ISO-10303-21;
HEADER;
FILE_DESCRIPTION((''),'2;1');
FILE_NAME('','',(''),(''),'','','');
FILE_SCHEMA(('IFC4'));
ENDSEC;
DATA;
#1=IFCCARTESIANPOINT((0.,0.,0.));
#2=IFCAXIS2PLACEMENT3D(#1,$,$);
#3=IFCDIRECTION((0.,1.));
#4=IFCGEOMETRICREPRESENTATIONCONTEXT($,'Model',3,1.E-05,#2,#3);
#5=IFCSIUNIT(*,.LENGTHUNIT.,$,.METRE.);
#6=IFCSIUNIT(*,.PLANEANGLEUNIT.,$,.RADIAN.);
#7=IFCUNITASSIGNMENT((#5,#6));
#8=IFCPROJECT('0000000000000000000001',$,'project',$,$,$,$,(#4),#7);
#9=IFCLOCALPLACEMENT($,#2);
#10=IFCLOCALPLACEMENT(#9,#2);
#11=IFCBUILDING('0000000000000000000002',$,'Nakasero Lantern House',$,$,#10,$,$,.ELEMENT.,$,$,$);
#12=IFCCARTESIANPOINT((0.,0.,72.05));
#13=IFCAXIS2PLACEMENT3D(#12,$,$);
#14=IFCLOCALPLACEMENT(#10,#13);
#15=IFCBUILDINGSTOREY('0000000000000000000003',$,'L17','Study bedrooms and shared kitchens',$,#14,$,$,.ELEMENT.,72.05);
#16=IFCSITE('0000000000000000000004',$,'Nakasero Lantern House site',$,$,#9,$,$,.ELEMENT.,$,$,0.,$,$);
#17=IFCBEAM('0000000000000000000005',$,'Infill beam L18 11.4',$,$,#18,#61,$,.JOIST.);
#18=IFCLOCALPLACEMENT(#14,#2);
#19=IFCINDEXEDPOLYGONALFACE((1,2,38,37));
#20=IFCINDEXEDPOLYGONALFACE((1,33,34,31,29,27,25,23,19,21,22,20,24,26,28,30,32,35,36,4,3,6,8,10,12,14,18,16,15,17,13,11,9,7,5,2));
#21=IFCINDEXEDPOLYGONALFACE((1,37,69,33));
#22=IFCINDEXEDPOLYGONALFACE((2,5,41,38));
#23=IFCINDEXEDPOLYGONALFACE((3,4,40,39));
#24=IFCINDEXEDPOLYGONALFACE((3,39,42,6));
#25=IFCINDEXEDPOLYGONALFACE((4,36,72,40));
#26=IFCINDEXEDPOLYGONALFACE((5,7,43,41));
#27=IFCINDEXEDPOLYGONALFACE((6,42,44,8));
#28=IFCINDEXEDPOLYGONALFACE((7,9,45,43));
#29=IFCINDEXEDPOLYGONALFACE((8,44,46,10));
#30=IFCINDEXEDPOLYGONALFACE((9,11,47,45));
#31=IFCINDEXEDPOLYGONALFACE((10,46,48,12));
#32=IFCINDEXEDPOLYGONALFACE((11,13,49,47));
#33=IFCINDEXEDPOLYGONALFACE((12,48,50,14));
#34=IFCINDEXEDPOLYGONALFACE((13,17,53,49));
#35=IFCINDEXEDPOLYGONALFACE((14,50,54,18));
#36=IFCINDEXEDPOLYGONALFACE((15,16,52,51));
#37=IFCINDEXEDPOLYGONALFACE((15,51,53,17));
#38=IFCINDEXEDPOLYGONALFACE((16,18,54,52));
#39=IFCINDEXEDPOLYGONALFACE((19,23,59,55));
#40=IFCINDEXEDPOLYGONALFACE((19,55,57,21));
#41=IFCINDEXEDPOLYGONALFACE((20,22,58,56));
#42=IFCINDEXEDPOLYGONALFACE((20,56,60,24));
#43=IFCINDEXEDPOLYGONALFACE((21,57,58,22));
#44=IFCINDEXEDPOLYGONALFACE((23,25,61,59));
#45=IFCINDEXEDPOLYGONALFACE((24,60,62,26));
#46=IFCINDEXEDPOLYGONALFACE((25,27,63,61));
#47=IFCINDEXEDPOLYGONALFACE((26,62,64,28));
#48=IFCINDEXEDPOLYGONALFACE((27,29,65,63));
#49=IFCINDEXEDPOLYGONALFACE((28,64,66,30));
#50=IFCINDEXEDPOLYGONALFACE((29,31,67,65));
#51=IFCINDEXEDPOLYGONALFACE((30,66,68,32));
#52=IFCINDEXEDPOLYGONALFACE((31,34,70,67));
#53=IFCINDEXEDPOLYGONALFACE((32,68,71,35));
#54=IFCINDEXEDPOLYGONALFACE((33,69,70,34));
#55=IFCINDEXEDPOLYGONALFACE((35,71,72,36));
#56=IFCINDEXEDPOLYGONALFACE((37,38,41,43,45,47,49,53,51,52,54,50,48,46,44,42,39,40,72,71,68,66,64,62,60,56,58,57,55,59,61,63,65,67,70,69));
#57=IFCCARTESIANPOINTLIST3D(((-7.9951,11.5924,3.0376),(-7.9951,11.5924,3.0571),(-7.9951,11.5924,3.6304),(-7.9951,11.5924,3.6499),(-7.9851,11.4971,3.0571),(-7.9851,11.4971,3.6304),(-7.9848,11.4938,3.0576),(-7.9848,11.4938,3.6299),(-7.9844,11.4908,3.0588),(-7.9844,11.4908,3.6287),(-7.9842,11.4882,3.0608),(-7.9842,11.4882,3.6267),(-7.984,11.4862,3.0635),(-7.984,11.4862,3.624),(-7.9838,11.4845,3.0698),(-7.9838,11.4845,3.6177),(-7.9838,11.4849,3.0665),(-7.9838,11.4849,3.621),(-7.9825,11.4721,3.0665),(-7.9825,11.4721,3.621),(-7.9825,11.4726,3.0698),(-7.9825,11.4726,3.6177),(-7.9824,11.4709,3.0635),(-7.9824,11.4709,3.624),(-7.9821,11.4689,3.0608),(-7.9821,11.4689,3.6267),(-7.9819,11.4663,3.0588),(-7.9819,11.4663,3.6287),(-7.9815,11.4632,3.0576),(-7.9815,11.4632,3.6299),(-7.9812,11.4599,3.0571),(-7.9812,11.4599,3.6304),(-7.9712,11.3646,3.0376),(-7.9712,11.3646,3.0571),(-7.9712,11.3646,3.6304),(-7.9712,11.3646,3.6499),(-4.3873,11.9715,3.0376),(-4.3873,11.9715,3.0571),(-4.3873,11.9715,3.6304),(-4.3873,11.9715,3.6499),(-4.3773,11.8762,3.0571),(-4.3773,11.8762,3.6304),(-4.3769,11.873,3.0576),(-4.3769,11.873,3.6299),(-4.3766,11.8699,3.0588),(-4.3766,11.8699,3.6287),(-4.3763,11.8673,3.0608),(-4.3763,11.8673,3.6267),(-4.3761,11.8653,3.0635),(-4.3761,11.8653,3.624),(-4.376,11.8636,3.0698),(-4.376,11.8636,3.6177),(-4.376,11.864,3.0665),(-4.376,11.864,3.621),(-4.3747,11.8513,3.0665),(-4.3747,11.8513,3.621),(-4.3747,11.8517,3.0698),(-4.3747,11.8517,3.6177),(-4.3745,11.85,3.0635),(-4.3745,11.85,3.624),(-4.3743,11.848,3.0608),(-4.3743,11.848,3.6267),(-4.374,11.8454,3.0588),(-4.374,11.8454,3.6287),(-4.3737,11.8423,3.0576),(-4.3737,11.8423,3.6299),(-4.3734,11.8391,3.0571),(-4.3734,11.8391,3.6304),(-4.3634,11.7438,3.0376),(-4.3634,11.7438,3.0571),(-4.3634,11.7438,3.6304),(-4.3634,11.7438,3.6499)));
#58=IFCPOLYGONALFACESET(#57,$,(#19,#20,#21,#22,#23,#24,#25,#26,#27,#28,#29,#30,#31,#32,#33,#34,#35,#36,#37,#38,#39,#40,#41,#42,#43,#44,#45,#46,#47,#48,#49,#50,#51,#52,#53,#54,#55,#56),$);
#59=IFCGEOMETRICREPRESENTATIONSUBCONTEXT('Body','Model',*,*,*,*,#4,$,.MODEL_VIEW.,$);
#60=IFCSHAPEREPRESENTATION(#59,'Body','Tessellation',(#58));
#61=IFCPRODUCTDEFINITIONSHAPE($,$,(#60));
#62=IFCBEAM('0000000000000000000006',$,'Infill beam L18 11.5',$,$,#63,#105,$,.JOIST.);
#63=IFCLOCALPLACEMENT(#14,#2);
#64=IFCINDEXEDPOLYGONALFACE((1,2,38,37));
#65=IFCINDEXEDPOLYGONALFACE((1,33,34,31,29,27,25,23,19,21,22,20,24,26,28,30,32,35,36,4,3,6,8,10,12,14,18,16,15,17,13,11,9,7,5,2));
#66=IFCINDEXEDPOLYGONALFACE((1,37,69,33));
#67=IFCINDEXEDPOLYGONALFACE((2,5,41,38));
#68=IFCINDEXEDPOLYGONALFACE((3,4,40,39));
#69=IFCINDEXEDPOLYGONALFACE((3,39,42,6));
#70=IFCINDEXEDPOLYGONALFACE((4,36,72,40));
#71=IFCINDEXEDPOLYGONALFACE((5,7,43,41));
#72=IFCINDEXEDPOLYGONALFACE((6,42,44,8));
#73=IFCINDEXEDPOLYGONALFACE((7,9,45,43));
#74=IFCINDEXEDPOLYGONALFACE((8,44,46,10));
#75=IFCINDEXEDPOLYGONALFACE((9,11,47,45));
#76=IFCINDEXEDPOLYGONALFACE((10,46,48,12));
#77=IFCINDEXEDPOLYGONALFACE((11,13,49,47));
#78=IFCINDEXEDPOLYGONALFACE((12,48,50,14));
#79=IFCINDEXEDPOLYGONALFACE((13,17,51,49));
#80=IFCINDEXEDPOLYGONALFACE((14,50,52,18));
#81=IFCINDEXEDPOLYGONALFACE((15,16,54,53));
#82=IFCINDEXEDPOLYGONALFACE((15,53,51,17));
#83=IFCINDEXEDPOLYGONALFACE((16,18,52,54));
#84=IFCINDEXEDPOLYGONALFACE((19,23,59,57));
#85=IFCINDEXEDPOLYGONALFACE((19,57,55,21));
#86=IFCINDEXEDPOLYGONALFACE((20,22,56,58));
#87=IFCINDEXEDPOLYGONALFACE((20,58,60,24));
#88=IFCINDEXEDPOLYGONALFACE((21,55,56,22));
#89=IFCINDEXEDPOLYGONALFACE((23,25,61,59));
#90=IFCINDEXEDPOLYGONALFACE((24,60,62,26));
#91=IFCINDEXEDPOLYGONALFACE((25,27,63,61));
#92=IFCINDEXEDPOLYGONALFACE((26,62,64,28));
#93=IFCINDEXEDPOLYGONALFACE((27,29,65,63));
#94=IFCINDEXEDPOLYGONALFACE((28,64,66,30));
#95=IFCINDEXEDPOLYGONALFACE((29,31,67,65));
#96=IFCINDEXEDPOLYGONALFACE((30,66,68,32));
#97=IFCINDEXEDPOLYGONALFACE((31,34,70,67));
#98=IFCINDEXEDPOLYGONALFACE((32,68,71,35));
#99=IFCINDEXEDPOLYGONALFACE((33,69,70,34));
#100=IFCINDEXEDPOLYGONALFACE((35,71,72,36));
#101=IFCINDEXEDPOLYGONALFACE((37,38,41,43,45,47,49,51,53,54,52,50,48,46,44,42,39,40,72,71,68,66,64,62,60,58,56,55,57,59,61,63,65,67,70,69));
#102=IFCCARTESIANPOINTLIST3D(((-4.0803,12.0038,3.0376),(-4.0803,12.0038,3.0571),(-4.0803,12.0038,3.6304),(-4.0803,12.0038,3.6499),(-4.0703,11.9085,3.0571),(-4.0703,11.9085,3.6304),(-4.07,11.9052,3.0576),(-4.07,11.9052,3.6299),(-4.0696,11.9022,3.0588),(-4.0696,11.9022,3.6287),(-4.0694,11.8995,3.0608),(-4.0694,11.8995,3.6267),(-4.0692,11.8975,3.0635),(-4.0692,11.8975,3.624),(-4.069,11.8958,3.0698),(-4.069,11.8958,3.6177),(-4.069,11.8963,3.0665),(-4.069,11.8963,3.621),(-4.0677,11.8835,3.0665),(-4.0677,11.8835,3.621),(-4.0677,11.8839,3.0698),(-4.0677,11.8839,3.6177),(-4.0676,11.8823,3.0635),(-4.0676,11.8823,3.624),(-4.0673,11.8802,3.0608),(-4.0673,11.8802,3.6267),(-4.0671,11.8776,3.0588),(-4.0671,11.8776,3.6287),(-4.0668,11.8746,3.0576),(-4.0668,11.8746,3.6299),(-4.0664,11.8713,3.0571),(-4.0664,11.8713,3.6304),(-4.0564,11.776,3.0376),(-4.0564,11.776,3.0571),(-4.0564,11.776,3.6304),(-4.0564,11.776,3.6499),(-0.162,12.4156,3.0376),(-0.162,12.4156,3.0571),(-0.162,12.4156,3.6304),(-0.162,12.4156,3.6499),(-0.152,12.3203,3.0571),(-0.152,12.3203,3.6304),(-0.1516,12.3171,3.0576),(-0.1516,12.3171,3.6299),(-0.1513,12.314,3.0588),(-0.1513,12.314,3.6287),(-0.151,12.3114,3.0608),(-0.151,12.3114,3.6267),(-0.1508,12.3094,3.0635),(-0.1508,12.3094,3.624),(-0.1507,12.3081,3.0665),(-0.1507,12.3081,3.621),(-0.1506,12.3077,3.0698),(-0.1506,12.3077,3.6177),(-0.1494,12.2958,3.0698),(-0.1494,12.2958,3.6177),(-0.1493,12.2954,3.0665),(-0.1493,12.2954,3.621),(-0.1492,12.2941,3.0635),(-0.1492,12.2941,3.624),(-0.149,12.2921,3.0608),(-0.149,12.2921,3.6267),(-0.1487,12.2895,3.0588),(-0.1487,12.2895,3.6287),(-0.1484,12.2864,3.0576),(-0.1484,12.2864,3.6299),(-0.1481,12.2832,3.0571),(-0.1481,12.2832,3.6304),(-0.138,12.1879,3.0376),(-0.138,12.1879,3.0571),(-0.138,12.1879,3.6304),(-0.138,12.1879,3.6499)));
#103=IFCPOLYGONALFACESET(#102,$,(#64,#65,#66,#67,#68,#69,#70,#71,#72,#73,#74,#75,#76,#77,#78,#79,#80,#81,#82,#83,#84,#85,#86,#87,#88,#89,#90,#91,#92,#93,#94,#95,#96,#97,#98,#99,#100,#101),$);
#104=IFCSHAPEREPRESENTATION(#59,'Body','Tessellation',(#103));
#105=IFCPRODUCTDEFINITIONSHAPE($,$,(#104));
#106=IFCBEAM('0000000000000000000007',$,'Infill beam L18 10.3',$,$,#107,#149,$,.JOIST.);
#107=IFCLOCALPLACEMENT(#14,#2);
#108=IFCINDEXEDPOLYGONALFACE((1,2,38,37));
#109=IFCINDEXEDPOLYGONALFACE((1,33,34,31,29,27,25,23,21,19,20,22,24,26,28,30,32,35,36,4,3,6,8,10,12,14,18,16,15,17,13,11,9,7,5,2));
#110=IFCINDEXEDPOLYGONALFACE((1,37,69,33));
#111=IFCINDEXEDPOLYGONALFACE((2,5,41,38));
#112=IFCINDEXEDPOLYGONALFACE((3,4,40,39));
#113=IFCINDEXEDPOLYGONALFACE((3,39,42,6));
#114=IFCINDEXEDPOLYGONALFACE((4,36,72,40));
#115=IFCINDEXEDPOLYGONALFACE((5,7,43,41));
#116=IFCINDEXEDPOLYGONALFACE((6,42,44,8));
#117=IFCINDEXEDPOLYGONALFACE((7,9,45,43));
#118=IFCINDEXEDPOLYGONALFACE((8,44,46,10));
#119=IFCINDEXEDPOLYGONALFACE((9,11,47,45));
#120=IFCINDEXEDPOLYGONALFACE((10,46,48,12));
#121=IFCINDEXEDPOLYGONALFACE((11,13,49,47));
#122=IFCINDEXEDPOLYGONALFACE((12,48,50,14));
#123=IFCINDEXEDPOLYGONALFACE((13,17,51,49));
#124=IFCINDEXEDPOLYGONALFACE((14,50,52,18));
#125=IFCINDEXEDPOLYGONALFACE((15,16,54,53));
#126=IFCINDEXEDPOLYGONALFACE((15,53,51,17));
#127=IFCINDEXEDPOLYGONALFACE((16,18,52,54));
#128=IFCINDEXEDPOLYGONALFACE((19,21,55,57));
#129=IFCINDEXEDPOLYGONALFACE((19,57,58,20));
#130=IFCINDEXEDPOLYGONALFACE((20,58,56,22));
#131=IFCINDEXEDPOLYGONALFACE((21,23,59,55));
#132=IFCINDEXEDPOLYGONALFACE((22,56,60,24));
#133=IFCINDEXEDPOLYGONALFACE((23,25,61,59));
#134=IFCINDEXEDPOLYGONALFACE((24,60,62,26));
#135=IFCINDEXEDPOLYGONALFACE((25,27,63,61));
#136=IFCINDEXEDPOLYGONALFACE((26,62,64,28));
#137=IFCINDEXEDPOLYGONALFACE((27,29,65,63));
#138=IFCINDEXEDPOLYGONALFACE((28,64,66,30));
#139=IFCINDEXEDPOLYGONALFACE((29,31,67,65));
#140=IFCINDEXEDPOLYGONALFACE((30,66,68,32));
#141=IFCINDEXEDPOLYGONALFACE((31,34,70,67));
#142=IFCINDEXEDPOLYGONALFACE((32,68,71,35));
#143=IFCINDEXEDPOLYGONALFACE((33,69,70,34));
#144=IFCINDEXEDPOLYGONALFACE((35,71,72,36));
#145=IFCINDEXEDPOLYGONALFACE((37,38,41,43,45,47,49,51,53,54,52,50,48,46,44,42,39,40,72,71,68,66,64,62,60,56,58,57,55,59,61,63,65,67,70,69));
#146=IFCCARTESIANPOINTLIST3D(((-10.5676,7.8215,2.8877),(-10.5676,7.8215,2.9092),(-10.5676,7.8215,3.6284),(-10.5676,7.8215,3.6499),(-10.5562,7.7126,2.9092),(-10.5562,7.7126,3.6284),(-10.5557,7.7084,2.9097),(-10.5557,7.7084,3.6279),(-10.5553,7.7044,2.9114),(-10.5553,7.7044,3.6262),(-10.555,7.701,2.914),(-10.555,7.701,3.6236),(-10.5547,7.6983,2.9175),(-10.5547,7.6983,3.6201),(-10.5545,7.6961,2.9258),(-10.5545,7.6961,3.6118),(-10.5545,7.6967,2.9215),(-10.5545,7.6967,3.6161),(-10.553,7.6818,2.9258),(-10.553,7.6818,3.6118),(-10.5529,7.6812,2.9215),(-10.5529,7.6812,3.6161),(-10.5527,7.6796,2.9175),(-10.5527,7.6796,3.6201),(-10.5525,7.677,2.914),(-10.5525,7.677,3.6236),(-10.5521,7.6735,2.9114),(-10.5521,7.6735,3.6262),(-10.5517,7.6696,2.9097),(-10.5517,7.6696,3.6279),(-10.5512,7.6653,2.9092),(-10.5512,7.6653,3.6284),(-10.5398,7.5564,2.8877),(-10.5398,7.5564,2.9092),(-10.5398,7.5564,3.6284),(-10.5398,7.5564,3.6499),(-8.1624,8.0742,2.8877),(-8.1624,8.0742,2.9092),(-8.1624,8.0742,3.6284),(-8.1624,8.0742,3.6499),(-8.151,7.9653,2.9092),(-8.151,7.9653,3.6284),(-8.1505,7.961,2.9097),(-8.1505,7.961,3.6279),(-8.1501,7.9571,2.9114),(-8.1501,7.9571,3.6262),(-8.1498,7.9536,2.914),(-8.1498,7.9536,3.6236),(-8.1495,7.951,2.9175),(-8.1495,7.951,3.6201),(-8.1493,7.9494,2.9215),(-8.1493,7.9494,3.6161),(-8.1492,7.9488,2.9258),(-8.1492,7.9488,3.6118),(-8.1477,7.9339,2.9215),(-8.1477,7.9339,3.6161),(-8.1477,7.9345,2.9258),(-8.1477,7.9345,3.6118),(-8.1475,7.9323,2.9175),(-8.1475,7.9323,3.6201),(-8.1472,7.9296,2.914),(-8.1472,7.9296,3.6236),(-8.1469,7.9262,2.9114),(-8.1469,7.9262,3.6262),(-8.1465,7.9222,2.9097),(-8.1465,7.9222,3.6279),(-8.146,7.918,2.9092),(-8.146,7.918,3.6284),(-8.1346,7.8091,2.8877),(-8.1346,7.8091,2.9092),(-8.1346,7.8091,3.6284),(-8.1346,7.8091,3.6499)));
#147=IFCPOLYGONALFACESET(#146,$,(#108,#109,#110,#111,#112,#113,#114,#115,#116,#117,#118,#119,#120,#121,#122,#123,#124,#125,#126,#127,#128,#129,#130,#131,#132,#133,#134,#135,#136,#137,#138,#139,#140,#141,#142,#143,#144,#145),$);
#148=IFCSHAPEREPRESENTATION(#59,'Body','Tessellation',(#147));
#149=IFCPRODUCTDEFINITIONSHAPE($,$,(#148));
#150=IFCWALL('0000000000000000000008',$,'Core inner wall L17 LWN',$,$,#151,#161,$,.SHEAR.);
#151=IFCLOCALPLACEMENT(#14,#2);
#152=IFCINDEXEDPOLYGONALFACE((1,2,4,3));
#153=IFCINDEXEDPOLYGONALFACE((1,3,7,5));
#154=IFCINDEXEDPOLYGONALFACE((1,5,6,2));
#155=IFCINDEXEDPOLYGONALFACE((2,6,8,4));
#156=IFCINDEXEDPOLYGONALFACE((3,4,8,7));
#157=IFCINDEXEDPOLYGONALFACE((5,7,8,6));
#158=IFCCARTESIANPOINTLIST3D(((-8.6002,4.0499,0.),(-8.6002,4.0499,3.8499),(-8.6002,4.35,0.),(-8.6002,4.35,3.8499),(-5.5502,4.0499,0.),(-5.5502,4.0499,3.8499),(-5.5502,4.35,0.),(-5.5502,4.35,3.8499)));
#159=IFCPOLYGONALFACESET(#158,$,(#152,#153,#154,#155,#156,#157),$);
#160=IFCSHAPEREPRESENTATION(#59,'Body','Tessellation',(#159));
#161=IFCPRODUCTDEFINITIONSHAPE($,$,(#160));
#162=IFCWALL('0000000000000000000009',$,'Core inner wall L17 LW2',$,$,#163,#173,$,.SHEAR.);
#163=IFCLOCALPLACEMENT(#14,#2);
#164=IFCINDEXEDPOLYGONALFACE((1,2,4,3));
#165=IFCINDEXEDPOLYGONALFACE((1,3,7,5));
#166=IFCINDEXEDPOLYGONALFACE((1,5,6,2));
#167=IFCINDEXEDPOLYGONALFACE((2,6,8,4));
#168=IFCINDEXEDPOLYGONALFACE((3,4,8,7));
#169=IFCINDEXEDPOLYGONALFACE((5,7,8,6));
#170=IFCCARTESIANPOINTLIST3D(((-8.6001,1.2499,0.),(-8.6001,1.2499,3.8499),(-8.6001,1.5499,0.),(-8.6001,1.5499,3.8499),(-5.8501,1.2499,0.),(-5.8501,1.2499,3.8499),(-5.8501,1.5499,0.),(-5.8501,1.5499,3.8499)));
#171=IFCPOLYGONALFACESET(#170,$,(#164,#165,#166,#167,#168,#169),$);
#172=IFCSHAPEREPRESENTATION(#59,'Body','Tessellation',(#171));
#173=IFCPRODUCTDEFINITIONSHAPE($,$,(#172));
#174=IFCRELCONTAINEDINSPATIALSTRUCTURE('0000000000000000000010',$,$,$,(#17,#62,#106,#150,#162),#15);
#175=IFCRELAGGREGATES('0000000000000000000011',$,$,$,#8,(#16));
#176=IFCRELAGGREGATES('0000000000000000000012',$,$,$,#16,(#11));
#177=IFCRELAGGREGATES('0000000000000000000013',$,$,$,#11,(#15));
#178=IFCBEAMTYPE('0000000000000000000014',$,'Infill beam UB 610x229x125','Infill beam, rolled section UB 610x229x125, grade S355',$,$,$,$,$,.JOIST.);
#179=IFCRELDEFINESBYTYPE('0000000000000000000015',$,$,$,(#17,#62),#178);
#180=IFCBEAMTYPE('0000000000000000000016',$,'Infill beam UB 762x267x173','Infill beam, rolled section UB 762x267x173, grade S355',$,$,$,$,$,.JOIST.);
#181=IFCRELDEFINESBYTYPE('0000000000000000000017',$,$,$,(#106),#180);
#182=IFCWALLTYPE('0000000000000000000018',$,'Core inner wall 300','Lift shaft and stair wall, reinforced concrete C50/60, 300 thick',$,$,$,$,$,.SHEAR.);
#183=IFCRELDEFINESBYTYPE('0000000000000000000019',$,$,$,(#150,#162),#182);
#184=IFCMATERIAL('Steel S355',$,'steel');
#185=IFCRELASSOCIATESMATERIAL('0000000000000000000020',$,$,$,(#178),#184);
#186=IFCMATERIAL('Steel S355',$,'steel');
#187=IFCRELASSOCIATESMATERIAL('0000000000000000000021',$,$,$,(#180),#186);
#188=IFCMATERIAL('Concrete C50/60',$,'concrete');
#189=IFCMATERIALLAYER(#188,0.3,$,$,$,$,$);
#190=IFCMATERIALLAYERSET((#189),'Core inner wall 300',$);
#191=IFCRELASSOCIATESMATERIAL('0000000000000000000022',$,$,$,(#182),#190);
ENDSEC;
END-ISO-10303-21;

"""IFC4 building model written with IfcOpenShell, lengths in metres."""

from ifc_helpers import new_model, si_unit, direction, frame, frame_2d, origin, origin_2d, place, context, subcontext, project, spatial, rectangle, i_section, extrude, material, layer, layer_set, material_profile, profile_set, type_object, element, save


model = new_model("IFC4")

# Units and contexts
model_context = context("Model", 3, precision=1e-05, world=origin(), true_north=direction((0.0, 1.0)))
body_context = subcontext(model_context, "Body", "Model", "MODEL_VIEW")
ifc_project = project(units=[si_unit("LENGTHUNIT", "METRE"), si_unit("PLANEANGLEUNIT", "RADIAN")], contexts=[model_context])

# Site, building, storey
site_placement = place(None, origin())
site = spatial("IfcSite", under=ifc_project, at=site_placement, Name="Nakasero Lantern House site", CompositionType="ELEMENT", RefElevation=0.0)
building_placement = place(site_placement, origin())
building = spatial("IfcBuilding", under=site, at=building_placement, Name="Nakasero Lantern House", CompositionType="ELEMENT")
storey_placement = place(building_placement, frame((0.0, 0.0, 72.05)))
storey = spatial("IfcBuildingStorey", under=building, at=storey_placement, Name="L17", Description="Study bedrooms and shared kitchens", CompositionType="ELEMENT", Elevation=72.05)

# Beams
ifc_material_1 = material(Name="Steel S355", Category="steel")
ifc_material_profile_1 = material_profile(ifc_material_1, i_section(OverallWidth=0.229, OverallDepth=0.6123, WebThickness=0.012, FlangeThickness=0.0195, FilletRadius=0.0127, at=origin_2d()), Name="UB 610x229x125")
ifc_profile_set_1 = profile_set([ifc_material_profile_1], Name="Steel S355")
beam_type_1 = type_object("IfcBeamType", Name="Infill beam UB 610x229x125", Description="Infill beam, rolled section UB 610x229x125, grade S355", PredefinedType="JOIST", material=ifc_profile_set_1)
beam_1_placement = place(storey_placement, frame((-7.9832, 11.4785, 3.3438), z_axis=(0.994524, 0.104513, 0.0), x_axis=(-0.104513, 0.994524, 0.0)))
element("IfcBeam", 1, at=beam_1_placement, inside=storey, type_object=beam_type_1, Name="Infill beam L18 11.4", PredefinedType="JOIST", context=body_context, shape_type="SweptSolid", body=[
    extrude(i_section(OverallWidth=0.229, OverallDepth=0.6123, WebThickness=0.012, FlangeThickness=0.0195, FilletRadius=0.0127, at=origin_2d()), origin(), (0.0, 0.0, 1.0), 3.6277),
])
beam_2_placement = place(storey_placement, frame((-4.0684, 11.8899, 3.3438), z_axis=(0.994521, 0.104533, 0.0), x_axis=(-0.104533, 0.994521, 0.0)))
element("IfcBeam", 2, at=beam_2_placement, inside=storey, type_object=beam_type_1, Name="Infill beam L18 11.5", PredefinedType="JOIST", context=body_context, shape_type="SweptSolid", body=[
    extrude(i_section(OverallWidth=0.229, OverallDepth=0.6123, WebThickness=0.012, FlangeThickness=0.0195, FilletRadius=0.0127, at=origin_2d()), origin(), (0.0, 0.0, 1.0), 3.9399),
])
ifc_material_2 = material(Name="Steel S355", Category="steel")
ifc_material_profile_2 = material_profile(ifc_material_2, i_section(OverallWidth=0.2666, OverallDepth=0.7622, WebThickness=0.0144, FlangeThickness=0.0215, FilletRadius=0.0166, at=origin_2d()), Name="UB 762x267x173")
ifc_profile_set_2 = profile_set([ifc_material_profile_2], Name="Steel S355")
beam_type_2 = type_object("IfcBeamType", Name="Infill beam UB 762x267x173", Description="Infill beam, rolled section UB 762x267x173, grade S355", PredefinedType="JOIST", material=ifc_profile_set_2)
beam_3_placement = place(storey_placement, frame((-10.5537, 7.689, 3.2688), z_axis=(0.994527, 0.10448, 0.0), x_axis=(-0.10448, 0.994527, 0.0)))
element("IfcBeam", 3, at=beam_3_placement, inside=storey, type_object=beam_type_2, Name="Infill beam L18 10.3", PredefinedType="JOIST", context=body_context, shape_type="SweptSolid", body=[
    extrude(i_section(OverallWidth=0.2666, OverallDepth=0.7622, WebThickness=0.0144, FlangeThickness=0.0215, FilletRadius=0.0166, at=origin_2d()), origin(), (0.0, 0.0, 1.0), 2.4185),
])

# Walls
ifc_material_3 = material(Name="Concrete C50/60", Category="concrete")
ifc_layer_1 = layer(ifc_material_3, 0.3)
ifc_layer_set_1 = layer_set([ifc_layer_1], Name="Core inner wall 300")
wall_type_1 = type_object("IfcWallType", Name="Core inner wall 300", Description="Lift shaft and stair wall, reinforced concrete C50/60, 300 thick", PredefinedType="SHEAR", material=ifc_layer_set_1)
wall_1_placement = place(storey_placement, frame((-8.6001, 4.2, 0.0), z_axis=(0.0, 0.0, 1.0), x_axis=(1.0, 0.0, 0.0)))
element("IfcWall", 4, at=wall_1_placement, inside=storey, type_object=wall_type_1, Name="Core inner wall L17 LWN", PredefinedType="SHEAR", context=body_context, shape_type="SweptSolid", body=[
    extrude(rectangle(XDim=3.05, YDim=0.3, at=frame_2d((1.5249, 0.0))), origin(), (0.0, 0.0, 1.0), 3.8499),
])
wall_2_placement = place(storey_placement, frame((-8.6001, 1.3999, 0.0), z_axis=(0.0, 0.0, 1.0), x_axis=(1.0, 0.0, 0.0)))
element("IfcWall", 5, at=wall_2_placement, inside=storey, type_object=wall_type_1, Name="Core inner wall L17 LW2", PredefinedType="SHEAR", context=body_context, shape_type="SweptSolid", body=[
    extrude(rectangle(XDim=2.75, YDim=0.3, at=frame_2d((1.375, 0.0))), origin(), (0.0, 0.0, 1.0), 3.8499),
])

save(model, "model.ifc")
